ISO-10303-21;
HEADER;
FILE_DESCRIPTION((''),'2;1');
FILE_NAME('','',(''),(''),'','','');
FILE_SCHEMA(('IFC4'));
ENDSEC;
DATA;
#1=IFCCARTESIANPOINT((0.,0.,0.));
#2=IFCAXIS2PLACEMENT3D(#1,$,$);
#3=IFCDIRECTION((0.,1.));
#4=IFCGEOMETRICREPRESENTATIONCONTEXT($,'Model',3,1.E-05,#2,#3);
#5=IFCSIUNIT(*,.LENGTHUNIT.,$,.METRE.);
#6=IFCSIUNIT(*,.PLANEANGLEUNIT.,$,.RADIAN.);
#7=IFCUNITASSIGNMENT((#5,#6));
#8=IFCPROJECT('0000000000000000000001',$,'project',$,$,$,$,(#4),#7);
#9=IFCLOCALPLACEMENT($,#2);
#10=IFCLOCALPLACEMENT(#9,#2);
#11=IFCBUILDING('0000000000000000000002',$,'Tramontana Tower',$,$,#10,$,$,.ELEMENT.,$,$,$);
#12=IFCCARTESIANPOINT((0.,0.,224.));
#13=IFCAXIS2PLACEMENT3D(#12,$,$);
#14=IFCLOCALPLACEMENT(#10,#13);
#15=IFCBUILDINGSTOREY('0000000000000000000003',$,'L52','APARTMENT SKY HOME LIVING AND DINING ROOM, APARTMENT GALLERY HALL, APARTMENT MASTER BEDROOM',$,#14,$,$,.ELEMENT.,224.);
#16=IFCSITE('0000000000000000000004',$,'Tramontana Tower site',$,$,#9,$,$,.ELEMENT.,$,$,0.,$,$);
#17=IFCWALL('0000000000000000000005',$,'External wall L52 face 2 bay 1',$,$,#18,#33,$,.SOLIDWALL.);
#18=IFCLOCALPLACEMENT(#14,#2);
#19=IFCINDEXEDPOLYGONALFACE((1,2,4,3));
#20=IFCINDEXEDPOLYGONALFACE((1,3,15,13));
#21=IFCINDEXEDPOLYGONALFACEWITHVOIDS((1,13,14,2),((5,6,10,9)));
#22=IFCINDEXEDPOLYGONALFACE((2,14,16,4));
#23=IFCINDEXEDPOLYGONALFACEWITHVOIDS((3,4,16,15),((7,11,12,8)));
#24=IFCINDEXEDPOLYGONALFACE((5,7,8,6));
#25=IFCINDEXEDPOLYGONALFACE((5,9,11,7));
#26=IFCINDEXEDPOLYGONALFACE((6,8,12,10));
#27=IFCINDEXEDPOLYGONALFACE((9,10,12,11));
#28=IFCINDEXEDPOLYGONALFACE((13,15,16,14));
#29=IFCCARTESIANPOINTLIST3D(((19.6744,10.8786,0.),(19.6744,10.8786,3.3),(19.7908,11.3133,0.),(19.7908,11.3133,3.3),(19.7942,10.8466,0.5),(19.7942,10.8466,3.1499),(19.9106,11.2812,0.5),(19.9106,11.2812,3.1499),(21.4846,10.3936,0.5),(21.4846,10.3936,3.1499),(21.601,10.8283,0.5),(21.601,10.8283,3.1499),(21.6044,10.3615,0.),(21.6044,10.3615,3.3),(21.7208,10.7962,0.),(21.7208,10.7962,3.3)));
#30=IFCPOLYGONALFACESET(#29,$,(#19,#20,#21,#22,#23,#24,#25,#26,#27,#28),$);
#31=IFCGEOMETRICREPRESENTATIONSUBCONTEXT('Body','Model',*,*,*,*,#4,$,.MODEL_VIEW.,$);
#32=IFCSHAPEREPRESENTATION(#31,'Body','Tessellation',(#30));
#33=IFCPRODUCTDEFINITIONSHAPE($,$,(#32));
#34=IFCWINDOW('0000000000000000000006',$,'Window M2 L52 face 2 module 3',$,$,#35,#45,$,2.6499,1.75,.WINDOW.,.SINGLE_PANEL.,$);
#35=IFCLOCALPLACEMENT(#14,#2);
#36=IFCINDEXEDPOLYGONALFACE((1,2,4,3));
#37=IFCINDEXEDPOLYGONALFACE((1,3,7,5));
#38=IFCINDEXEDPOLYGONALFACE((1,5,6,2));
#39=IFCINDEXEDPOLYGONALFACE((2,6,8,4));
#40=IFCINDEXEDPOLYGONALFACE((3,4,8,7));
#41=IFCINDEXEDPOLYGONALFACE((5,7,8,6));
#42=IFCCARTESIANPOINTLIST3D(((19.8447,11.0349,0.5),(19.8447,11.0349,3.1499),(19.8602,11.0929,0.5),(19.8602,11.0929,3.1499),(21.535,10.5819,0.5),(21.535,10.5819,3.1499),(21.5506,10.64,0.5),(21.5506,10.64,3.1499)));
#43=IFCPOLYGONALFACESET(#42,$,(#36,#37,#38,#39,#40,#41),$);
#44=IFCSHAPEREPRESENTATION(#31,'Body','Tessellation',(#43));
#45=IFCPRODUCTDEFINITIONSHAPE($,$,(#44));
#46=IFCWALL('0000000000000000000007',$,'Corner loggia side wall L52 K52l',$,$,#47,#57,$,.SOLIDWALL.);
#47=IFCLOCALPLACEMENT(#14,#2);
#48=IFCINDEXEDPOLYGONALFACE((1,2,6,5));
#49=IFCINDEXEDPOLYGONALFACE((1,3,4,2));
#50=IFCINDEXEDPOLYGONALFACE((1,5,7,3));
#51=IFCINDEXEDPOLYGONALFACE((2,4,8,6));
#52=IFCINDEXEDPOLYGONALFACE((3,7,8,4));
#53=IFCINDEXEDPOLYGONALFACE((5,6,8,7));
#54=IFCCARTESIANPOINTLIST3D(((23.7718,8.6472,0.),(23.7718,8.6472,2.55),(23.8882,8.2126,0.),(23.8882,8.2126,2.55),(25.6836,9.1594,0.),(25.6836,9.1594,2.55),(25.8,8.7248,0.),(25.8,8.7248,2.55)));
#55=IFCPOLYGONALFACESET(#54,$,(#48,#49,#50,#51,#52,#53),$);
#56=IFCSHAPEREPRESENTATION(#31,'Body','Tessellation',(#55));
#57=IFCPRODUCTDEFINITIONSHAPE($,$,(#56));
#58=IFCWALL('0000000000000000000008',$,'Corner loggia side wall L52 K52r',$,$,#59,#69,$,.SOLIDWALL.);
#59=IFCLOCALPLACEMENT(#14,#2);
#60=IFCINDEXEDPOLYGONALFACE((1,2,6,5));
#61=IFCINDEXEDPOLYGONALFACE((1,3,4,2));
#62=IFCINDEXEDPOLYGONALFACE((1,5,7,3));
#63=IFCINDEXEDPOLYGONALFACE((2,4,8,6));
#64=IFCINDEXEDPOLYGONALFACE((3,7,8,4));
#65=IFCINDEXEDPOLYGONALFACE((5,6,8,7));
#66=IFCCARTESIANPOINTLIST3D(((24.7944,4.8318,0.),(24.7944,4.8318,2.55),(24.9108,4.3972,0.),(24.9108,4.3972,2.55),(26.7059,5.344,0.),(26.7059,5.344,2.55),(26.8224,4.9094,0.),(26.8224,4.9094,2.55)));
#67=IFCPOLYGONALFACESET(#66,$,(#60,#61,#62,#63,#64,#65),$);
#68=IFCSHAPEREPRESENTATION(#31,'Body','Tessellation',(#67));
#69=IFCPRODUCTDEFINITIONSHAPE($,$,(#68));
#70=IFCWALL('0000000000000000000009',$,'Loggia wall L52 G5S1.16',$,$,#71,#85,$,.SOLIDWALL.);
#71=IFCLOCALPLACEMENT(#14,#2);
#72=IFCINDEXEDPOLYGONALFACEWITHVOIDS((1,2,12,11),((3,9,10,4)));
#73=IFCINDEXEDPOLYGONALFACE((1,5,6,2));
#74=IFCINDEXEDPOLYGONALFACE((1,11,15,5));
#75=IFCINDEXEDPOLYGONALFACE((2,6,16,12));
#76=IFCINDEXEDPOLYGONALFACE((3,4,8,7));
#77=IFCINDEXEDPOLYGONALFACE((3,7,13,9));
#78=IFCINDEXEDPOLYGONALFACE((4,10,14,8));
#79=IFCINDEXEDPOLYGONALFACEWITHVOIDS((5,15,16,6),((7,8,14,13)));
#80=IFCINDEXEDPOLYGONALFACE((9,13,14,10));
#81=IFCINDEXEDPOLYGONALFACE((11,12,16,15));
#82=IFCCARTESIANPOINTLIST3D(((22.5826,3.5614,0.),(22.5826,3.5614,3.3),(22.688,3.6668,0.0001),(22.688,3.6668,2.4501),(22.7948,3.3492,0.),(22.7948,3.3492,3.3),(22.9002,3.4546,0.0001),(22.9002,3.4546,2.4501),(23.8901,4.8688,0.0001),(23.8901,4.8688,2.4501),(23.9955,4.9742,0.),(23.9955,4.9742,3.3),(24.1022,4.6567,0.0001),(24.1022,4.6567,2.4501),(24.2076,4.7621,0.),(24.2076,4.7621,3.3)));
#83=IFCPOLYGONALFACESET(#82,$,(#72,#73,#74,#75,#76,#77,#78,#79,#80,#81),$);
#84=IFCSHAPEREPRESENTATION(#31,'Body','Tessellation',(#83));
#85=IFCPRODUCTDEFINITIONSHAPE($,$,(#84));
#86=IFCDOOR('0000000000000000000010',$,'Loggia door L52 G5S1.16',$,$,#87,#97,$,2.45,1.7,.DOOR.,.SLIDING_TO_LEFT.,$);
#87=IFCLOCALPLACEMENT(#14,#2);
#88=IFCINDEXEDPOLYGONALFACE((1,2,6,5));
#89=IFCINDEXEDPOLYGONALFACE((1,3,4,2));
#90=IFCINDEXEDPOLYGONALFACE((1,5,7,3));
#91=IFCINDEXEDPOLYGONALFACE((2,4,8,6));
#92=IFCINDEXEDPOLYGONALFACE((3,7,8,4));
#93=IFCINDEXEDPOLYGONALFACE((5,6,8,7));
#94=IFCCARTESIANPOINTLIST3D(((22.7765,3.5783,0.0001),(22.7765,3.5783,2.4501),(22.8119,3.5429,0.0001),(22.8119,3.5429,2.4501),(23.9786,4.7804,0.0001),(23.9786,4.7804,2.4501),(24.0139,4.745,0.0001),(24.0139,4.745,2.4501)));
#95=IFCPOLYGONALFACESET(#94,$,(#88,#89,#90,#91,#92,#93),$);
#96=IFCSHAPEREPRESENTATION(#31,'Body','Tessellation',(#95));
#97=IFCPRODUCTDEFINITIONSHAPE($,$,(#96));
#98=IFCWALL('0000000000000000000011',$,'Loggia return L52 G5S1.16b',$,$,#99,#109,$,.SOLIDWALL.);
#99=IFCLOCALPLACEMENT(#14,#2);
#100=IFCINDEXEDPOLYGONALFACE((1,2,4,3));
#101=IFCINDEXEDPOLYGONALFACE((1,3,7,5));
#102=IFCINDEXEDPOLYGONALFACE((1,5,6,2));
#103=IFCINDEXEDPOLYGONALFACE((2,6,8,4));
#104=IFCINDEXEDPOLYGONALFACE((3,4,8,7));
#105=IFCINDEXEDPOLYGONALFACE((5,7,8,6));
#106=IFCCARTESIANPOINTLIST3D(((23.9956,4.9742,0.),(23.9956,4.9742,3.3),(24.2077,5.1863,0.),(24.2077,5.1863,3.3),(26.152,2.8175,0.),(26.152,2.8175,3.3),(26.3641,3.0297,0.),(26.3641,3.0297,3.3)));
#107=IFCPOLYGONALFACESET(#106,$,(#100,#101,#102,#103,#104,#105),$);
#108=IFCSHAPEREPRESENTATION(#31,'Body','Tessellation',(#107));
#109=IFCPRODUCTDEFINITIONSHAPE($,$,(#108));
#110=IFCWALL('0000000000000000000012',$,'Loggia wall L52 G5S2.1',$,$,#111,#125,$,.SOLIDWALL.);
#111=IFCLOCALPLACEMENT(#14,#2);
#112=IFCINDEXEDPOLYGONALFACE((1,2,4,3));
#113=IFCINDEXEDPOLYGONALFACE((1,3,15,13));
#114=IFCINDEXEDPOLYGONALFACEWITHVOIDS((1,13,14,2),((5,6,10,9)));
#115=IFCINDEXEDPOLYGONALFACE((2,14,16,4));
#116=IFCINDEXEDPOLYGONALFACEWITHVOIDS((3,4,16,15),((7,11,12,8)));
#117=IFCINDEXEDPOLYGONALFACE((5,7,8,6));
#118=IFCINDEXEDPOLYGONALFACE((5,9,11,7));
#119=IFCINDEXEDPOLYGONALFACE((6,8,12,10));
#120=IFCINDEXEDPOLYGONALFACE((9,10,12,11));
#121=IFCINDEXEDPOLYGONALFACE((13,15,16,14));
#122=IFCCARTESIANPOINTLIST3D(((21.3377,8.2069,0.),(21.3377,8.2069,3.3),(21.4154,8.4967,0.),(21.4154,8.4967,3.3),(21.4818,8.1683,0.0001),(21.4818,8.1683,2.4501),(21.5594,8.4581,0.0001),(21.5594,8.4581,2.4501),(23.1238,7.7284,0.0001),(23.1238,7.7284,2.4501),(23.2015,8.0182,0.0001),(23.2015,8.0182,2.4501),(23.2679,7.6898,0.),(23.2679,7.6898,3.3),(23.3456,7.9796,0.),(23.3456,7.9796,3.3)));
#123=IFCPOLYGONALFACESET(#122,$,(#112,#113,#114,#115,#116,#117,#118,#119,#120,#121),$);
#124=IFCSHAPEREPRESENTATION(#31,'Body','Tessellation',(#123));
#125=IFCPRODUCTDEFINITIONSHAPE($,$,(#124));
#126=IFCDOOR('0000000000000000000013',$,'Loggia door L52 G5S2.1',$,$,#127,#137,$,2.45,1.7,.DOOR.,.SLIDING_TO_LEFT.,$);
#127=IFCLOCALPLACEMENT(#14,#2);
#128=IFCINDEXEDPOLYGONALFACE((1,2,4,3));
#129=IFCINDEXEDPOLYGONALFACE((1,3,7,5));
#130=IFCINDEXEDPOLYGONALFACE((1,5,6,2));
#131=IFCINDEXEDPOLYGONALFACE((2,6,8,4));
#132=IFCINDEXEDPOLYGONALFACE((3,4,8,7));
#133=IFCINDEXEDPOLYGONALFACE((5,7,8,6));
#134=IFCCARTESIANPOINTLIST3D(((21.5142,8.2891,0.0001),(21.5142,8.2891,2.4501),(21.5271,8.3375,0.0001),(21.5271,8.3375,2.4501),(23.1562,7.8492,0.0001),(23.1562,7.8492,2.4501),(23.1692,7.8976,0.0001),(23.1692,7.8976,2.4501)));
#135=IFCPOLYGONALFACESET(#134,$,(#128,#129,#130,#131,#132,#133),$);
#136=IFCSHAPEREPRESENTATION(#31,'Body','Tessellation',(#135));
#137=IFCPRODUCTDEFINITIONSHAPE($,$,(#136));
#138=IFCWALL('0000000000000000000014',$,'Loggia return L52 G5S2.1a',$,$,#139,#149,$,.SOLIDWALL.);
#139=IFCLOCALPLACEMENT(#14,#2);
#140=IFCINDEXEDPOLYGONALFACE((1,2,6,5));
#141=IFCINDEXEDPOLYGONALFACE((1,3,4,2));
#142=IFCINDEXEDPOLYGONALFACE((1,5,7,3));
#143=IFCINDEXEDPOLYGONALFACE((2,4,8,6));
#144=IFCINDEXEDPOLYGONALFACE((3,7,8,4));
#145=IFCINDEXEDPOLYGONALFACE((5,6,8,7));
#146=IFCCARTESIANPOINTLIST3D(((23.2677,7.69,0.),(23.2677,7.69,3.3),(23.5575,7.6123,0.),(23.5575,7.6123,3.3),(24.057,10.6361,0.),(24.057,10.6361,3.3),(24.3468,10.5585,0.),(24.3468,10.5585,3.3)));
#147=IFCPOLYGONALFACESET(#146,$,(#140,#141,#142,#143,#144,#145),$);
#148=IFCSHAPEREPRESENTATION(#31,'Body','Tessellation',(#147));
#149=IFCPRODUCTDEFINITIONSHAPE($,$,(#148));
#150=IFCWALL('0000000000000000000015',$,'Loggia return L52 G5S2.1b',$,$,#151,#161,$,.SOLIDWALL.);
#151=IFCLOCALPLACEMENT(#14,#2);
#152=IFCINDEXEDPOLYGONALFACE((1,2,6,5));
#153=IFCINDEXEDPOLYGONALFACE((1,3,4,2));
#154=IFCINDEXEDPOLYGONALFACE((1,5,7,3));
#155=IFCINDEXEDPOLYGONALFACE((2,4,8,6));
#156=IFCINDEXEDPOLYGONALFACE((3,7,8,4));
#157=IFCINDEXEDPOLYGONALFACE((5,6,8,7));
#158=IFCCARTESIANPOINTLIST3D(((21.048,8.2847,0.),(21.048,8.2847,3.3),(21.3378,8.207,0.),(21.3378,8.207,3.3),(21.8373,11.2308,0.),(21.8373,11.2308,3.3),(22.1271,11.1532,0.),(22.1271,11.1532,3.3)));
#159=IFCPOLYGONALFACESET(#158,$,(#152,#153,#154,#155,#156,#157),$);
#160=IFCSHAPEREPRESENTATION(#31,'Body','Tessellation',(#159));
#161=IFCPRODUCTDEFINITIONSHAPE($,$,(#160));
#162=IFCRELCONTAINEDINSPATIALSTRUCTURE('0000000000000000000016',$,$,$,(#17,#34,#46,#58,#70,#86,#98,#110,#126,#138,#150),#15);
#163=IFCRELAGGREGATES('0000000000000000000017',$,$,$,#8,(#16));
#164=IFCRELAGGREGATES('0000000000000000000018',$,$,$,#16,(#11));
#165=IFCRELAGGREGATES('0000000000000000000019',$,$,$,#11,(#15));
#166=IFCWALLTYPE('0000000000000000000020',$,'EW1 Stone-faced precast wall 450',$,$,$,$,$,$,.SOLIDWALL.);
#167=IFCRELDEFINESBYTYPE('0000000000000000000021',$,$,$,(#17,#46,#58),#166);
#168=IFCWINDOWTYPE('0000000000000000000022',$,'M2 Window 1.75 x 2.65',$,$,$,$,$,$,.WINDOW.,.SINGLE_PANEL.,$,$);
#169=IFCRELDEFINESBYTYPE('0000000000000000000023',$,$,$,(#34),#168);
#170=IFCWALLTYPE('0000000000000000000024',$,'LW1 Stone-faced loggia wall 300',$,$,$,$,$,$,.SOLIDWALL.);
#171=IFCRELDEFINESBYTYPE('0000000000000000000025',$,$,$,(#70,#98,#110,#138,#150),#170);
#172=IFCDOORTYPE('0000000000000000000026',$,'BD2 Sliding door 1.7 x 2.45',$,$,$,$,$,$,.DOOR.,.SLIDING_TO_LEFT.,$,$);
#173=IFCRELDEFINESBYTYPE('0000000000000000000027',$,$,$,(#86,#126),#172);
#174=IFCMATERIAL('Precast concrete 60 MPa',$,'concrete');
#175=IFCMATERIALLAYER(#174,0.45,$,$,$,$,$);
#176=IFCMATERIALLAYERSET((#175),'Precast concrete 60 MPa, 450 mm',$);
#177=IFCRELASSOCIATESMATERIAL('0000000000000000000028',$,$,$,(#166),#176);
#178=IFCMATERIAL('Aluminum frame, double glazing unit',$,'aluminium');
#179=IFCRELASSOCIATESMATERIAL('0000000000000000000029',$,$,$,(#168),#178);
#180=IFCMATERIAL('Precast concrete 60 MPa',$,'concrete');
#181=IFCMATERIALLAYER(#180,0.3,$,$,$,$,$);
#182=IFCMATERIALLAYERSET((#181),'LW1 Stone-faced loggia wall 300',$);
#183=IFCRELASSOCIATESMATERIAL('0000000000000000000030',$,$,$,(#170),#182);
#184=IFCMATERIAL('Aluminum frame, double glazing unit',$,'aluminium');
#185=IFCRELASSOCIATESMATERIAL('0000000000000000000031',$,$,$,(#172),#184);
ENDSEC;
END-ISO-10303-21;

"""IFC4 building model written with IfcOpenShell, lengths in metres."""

from ifc_helpers import new_model, si_unit, direction, frame, frame_2d, origin, place, context, subcontext, project, spatial, rectangle, extrude, material, layer, layer_set, type_object, element, fill, save


model = new_model("IFC4")

# Units and contexts
model_context = context("Model", 3, precision=1e-05, world=origin(), true_north=direction((0.0, 1.0)))
body_context = subcontext(model_context, "Body", "Model", "MODEL_VIEW")
ifc_project = project(units=[si_unit("LENGTHUNIT", "METRE"), si_unit("PLANEANGLEUNIT", "RADIAN")], contexts=[model_context])

# Site, building, storey
site_placement = place(None, origin())
site = spatial("IfcSite", under=ifc_project, at=site_placement, Name="Tramontana Tower site", CompositionType="ELEMENT", RefElevation=0.0)
building_placement = place(site_placement, origin())
building = spatial("IfcBuilding", under=site, at=building_placement, Name="Tramontana Tower", CompositionType="ELEMENT")
storey_placement = place(building_placement, frame((0.0, 0.0, 224.0)))
storey = spatial("IfcBuildingStorey", under=building, at=storey_placement, Name="L52", Description="APARTMENT SKY HOME LIVING AND DINING ROOM, APARTMENT GALLERY HALL, APARTMENT MASTER BEDROOM", CompositionType="ELEMENT", Elevation=224.0)

# Wall, opening, window
ifc_material_1 = material(Name="Precast concrete 60 MPa", Category="concrete")
ifc_layer_1 = layer(ifc_material_1, 0.45)
ifc_layer_set_1 = layer_set([ifc_layer_1], Name="Precast concrete 60 MPa, 450 mm")
wall_type_1 = type_object("IfcWallType", Name="EW1 Stone-faced precast wall 450", PredefinedType="SOLIDWALL", material=ifc_layer_set_1)
wall_1_placement = place(storey_placement, frame((21.6626, 10.5789, 0.0), z_axis=(0.0, 0.0, 1.0), x_axis=(-0.96593, 0.258803, 0.0)))
wall_1 = element("IfcWall", 1, at=wall_1_placement, inside=storey, type_object=wall_type_1, Name="External wall L52 face 2 bay 1", PredefinedType="SOLIDWALL", context=body_context, shape_type="SweptSolid", body=[
    extrude(rectangle(XDim=1.998, YDim=0.45, at=frame_2d((0.999, 0.0))), origin(), (0.0, 0.0, 1.0), 3.3),
])
opening_1_placement = place(wall_1_placement, frame((0.124, 0.0, 0.5)))
opening_1 = element("IfcOpeningElement", 2, at=opening_1_placement, cuts=wall_1, PredefinedType="OPENING", context=body_context, shape_type="SweptSolid", body=[
    extrude(rectangle(XDim=1.75, YDim=2.6499, at=frame_2d((0.875, 1.325))), frame((0.0, 0.2349, 0.0), z_axis=(0.0, -1.0, 0.0), x_axis=(1.0, 0.0, 0.0)), (0.0, 0.0, 1.0), 0.47),
])
ifc_material_2 = material(Name="Aluminum frame, double glazing unit", Category="aluminium")
window_type_1 = type_object("IfcWindowType", Name="M2 Window 1.75 x 2.65", PartitioningType="SINGLE_PANEL", PredefinedType="WINDOW", material=ifc_material_2)
window_1_placement = place(opening_1_placement, origin())
window_1 = element("IfcWindow", 3, at=window_1_placement, inside=storey, type_object=window_type_1, Name="Window M2 L52 face 2 module 3", OverallHeight=2.6499, OverallWidth=1.75, PartitioningType="SINGLE_PANEL", PredefinedType="WINDOW", context=body_context, shape_type="SweptSolid", body=[
    extrude(rectangle(XDim=1.75, YDim=2.6499, at=frame_2d((0.875, 1.325))), frame((0.0, 0.03, 0.0), z_axis=(0.0, -1.0, 0.0), x_axis=(1.0, 0.0, 0.0)), (0.0, 0.0, 1.0), 0.0601),
])
fill(opening_1, window_1)

# Walls
wall_2_placement = place(storey_placement, frame((25.7419, 8.9421, 0.0), z_axis=(0.0, 0.0, 1.0), x_axis=(-0.965935, -0.258783, 0.0)))
element("IfcWall", 4, at=wall_2_placement, inside=storey, type_object=wall_type_1, Name="Corner loggia side wall L52 K52l", PredefinedType="SOLIDWALL", context=body_context, shape_type="SweptSolid", body=[
    extrude(rectangle(XDim=1.9792, YDim=0.45, at=frame_2d((0.9897, 0.0))), origin(), (0.0, 0.0, 1.0), 2.55),
])
wall_3_placement = place(storey_placement, frame((26.7642, 5.1267, 0.0), z_axis=(0.0, 0.0, 1.0), x_axis=(-0.965927, -0.258814, 0.0)))
element("IfcWall", 5, at=wall_3_placement, inside=storey, type_object=wall_type_1, Name="Corner loggia side wall L52 K52r", PredefinedType="SOLIDWALL", context=body_context, shape_type="SweptSolid", body=[
    extrude(rectangle(XDim=1.979, YDim=0.45, at=frame_2d((0.9895, 0.0))), origin(), (0.0, 0.0, 1.0), 2.55),
])

# Wall, opening, door
ifc_material_3 = material(Name="Precast concrete 60 MPa", Category="concrete")
ifc_layer_2 = layer(ifc_material_3, 0.3)
ifc_layer_set_2 = layer_set([ifc_layer_2], Name="LW1 Stone-faced loggia wall 300")
wall_type_2 = type_object("IfcWallType", Name="LW1 Stone-faced loggia wall 300", PredefinedType="SOLIDWALL", material=ifc_layer_set_2)
wall_4_placement = place(storey_placement, frame((22.6887, 3.4553, 0.0), z_axis=(0.0, 0.0, 1.0), x_axis=(0.707107, 0.707107, 0.0)))
wall_4 = element("IfcWall", 6, at=wall_4_placement, inside=storey, type_object=wall_type_2, Name="Loggia wall L52 G5S1.16", PredefinedType="SOLIDWALL", context=body_context, shape_type="SweptSolid", body=[
    extrude(rectangle(XDim=1.998, YDim=0.3, at=frame_2d((0.999, 0.0))), origin(), (0.0, 0.0, 1.0), 3.3),
])
opening_2_placement = place(wall_4_placement, frame((0.1489, 0.0, 0.0)))
opening_2 = element("IfcOpeningElement", 7, at=opening_2_placement, cuts=wall_4, PredefinedType="OPENING", context=body_context, shape_type="SweptSolid", body=[
    extrude(rectangle(XDim=1.7, YDim=2.45, at=frame_2d((0.8501, 1.2251))), frame((0.0, 0.1599, 0.0), z_axis=(0.0, -1.0, 0.0), x_axis=(1.0, 0.0, 0.0)), (0.0, 0.0, 1.0), 0.3201),
])
ifc_material_4 = material(Name="Aluminum frame, double glazing unit", Category="aluminium")
door_type_1 = type_object("IfcDoorType", Name="BD2 Sliding door 1.7 x 2.45", OperationType="SLIDING_TO_LEFT", PredefinedType="DOOR", material=ifc_material_4)
door_1_placement = place(opening_2_placement, origin())
door_1 = element("IfcDoor", 8, at=door_1_placement, inside=storey, type_object=door_type_1, Name="Loggia door L52 G5S1.16", OperationType="SLIDING_TO_LEFT", OverallHeight=2.45, OverallWidth=1.7, PredefinedType="DOOR", context=body_context, shape_type="SweptSolid", body=[
    extrude(rectangle(XDim=1.7, YDim=2.45, at=frame_2d((0.8501, 1.2251))), frame((0.0, 0.0249, 0.0), z_axis=(0.0, -1.0, 0.0), x_axis=(1.0, 0.0, 0.0)), (0.0, 0.0, 1.0), 0.05),
])
fill(opening_2, door_1)

# Wall
wall_5_placement = place(storey_placement, frame((26.2581, 2.9236, 0.0), z_axis=(0.0, 0.0, 1.0), x_axis=(-0.707067, 0.707147, 0.0)))
element("IfcWall", 9, at=wall_5_placement, inside=storey, type_object=wall_type_2, Name="Loggia return L52 G5S1.16b", PredefinedType="SOLIDWALL", context=body_context, shape_type="SweptSolid", body=[
    extrude(rectangle(XDim=3.0498, YDim=0.3, at=frame_2d((1.5249, 0.0))), origin(), (0.0, 0.0, 1.0), 3.3),
])

# Wall, opening, door
wall_6_placement = place(storey_placement, frame((23.3066, 7.8347, 0.0), z_axis=(0.0, 0.0, 1.0), x_axis=(-0.965938, 0.258773, 0.0)))
wall_6 = element("IfcWall", 10, at=wall_6_placement, inside=storey, type_object=wall_type_2, Name="Loggia wall L52 G5S2.1", PredefinedType="SOLIDWALL", context=body_context, shape_type="SweptSolid", body=[
    extrude(rectangle(XDim=1.9983, YDim=0.3, at=frame_2d((0.999, 0.0))), origin(), (0.0, 0.0, 1.0), 3.3),
])
opening_3_placement = place(wall_6_placement, frame((0.1489, 0.0, 0.0)))
opening_3 = element("IfcOpeningElement", 11, at=opening_3_placement, cuts=wall_6, PredefinedType="OPENING", context=body_context, shape_type="SweptSolid", body=[
    extrude(rectangle(XDim=1.7, YDim=2.45, at=frame_2d((0.8501, 1.2251))), frame((0.0, 0.1599, 0.0), z_axis=(0.0, -1.0, 0.0), x_axis=(1.0, 0.0, 0.0)), (0.0, 0.0, 1.0), 0.3201),
])
door_2_placement = place(opening_3_placement, origin())
door_2 = element("IfcDoor", 12, at=door_2_placement, inside=storey, type_object=door_type_1, Name="Loggia door L52 G5S2.1", OperationType="SLIDING_TO_LEFT", OverallHeight=2.45, OverallWidth=1.7, PredefinedType="DOOR", context=body_context, shape_type="SweptSolid", body=[
    extrude(rectangle(XDim=1.7, YDim=2.45, at=frame_2d((0.8501, 1.2251))), frame((0.0, 0.0249, 0.0), z_axis=(0.0, -1.0, 0.0), x_axis=(1.0, 0.0, 0.0)), (0.0, 0.0, 1.0), 0.05),
])
fill(opening_3, door_2)

# Walls
for number, where, z_axis, x_axis, name in (
    (13, (24.2019, 10.5972, 0.0), (0.0, 0.0, 1.0), (-0.258793, -0.965933, 0.0), "Loggia return L52 G5S2.1a"),
    (14, (21.9822, 11.1919, 0.0), (0.0, 0.0, 1.0), (-0.258793, -0.965933, 0.0), "Loggia return L52 G5S2.1b"),
):
    element("IfcWall", number, at=place(storey_placement, frame(where, z_axis=z_axis, x_axis=x_axis)), inside=storey, type_object=wall_type_2, Name=name, PredefinedType="SOLIDWALL", context=body_context, shape_type="SweptSolid", body=[
        extrude(rectangle(XDim=3.05, YDim=0.3, at=frame_2d((1.5249, 0.0))), origin(), (0.0, 0.0, 1.0), 3.3),
    ])

save(model, "model.ifc")
